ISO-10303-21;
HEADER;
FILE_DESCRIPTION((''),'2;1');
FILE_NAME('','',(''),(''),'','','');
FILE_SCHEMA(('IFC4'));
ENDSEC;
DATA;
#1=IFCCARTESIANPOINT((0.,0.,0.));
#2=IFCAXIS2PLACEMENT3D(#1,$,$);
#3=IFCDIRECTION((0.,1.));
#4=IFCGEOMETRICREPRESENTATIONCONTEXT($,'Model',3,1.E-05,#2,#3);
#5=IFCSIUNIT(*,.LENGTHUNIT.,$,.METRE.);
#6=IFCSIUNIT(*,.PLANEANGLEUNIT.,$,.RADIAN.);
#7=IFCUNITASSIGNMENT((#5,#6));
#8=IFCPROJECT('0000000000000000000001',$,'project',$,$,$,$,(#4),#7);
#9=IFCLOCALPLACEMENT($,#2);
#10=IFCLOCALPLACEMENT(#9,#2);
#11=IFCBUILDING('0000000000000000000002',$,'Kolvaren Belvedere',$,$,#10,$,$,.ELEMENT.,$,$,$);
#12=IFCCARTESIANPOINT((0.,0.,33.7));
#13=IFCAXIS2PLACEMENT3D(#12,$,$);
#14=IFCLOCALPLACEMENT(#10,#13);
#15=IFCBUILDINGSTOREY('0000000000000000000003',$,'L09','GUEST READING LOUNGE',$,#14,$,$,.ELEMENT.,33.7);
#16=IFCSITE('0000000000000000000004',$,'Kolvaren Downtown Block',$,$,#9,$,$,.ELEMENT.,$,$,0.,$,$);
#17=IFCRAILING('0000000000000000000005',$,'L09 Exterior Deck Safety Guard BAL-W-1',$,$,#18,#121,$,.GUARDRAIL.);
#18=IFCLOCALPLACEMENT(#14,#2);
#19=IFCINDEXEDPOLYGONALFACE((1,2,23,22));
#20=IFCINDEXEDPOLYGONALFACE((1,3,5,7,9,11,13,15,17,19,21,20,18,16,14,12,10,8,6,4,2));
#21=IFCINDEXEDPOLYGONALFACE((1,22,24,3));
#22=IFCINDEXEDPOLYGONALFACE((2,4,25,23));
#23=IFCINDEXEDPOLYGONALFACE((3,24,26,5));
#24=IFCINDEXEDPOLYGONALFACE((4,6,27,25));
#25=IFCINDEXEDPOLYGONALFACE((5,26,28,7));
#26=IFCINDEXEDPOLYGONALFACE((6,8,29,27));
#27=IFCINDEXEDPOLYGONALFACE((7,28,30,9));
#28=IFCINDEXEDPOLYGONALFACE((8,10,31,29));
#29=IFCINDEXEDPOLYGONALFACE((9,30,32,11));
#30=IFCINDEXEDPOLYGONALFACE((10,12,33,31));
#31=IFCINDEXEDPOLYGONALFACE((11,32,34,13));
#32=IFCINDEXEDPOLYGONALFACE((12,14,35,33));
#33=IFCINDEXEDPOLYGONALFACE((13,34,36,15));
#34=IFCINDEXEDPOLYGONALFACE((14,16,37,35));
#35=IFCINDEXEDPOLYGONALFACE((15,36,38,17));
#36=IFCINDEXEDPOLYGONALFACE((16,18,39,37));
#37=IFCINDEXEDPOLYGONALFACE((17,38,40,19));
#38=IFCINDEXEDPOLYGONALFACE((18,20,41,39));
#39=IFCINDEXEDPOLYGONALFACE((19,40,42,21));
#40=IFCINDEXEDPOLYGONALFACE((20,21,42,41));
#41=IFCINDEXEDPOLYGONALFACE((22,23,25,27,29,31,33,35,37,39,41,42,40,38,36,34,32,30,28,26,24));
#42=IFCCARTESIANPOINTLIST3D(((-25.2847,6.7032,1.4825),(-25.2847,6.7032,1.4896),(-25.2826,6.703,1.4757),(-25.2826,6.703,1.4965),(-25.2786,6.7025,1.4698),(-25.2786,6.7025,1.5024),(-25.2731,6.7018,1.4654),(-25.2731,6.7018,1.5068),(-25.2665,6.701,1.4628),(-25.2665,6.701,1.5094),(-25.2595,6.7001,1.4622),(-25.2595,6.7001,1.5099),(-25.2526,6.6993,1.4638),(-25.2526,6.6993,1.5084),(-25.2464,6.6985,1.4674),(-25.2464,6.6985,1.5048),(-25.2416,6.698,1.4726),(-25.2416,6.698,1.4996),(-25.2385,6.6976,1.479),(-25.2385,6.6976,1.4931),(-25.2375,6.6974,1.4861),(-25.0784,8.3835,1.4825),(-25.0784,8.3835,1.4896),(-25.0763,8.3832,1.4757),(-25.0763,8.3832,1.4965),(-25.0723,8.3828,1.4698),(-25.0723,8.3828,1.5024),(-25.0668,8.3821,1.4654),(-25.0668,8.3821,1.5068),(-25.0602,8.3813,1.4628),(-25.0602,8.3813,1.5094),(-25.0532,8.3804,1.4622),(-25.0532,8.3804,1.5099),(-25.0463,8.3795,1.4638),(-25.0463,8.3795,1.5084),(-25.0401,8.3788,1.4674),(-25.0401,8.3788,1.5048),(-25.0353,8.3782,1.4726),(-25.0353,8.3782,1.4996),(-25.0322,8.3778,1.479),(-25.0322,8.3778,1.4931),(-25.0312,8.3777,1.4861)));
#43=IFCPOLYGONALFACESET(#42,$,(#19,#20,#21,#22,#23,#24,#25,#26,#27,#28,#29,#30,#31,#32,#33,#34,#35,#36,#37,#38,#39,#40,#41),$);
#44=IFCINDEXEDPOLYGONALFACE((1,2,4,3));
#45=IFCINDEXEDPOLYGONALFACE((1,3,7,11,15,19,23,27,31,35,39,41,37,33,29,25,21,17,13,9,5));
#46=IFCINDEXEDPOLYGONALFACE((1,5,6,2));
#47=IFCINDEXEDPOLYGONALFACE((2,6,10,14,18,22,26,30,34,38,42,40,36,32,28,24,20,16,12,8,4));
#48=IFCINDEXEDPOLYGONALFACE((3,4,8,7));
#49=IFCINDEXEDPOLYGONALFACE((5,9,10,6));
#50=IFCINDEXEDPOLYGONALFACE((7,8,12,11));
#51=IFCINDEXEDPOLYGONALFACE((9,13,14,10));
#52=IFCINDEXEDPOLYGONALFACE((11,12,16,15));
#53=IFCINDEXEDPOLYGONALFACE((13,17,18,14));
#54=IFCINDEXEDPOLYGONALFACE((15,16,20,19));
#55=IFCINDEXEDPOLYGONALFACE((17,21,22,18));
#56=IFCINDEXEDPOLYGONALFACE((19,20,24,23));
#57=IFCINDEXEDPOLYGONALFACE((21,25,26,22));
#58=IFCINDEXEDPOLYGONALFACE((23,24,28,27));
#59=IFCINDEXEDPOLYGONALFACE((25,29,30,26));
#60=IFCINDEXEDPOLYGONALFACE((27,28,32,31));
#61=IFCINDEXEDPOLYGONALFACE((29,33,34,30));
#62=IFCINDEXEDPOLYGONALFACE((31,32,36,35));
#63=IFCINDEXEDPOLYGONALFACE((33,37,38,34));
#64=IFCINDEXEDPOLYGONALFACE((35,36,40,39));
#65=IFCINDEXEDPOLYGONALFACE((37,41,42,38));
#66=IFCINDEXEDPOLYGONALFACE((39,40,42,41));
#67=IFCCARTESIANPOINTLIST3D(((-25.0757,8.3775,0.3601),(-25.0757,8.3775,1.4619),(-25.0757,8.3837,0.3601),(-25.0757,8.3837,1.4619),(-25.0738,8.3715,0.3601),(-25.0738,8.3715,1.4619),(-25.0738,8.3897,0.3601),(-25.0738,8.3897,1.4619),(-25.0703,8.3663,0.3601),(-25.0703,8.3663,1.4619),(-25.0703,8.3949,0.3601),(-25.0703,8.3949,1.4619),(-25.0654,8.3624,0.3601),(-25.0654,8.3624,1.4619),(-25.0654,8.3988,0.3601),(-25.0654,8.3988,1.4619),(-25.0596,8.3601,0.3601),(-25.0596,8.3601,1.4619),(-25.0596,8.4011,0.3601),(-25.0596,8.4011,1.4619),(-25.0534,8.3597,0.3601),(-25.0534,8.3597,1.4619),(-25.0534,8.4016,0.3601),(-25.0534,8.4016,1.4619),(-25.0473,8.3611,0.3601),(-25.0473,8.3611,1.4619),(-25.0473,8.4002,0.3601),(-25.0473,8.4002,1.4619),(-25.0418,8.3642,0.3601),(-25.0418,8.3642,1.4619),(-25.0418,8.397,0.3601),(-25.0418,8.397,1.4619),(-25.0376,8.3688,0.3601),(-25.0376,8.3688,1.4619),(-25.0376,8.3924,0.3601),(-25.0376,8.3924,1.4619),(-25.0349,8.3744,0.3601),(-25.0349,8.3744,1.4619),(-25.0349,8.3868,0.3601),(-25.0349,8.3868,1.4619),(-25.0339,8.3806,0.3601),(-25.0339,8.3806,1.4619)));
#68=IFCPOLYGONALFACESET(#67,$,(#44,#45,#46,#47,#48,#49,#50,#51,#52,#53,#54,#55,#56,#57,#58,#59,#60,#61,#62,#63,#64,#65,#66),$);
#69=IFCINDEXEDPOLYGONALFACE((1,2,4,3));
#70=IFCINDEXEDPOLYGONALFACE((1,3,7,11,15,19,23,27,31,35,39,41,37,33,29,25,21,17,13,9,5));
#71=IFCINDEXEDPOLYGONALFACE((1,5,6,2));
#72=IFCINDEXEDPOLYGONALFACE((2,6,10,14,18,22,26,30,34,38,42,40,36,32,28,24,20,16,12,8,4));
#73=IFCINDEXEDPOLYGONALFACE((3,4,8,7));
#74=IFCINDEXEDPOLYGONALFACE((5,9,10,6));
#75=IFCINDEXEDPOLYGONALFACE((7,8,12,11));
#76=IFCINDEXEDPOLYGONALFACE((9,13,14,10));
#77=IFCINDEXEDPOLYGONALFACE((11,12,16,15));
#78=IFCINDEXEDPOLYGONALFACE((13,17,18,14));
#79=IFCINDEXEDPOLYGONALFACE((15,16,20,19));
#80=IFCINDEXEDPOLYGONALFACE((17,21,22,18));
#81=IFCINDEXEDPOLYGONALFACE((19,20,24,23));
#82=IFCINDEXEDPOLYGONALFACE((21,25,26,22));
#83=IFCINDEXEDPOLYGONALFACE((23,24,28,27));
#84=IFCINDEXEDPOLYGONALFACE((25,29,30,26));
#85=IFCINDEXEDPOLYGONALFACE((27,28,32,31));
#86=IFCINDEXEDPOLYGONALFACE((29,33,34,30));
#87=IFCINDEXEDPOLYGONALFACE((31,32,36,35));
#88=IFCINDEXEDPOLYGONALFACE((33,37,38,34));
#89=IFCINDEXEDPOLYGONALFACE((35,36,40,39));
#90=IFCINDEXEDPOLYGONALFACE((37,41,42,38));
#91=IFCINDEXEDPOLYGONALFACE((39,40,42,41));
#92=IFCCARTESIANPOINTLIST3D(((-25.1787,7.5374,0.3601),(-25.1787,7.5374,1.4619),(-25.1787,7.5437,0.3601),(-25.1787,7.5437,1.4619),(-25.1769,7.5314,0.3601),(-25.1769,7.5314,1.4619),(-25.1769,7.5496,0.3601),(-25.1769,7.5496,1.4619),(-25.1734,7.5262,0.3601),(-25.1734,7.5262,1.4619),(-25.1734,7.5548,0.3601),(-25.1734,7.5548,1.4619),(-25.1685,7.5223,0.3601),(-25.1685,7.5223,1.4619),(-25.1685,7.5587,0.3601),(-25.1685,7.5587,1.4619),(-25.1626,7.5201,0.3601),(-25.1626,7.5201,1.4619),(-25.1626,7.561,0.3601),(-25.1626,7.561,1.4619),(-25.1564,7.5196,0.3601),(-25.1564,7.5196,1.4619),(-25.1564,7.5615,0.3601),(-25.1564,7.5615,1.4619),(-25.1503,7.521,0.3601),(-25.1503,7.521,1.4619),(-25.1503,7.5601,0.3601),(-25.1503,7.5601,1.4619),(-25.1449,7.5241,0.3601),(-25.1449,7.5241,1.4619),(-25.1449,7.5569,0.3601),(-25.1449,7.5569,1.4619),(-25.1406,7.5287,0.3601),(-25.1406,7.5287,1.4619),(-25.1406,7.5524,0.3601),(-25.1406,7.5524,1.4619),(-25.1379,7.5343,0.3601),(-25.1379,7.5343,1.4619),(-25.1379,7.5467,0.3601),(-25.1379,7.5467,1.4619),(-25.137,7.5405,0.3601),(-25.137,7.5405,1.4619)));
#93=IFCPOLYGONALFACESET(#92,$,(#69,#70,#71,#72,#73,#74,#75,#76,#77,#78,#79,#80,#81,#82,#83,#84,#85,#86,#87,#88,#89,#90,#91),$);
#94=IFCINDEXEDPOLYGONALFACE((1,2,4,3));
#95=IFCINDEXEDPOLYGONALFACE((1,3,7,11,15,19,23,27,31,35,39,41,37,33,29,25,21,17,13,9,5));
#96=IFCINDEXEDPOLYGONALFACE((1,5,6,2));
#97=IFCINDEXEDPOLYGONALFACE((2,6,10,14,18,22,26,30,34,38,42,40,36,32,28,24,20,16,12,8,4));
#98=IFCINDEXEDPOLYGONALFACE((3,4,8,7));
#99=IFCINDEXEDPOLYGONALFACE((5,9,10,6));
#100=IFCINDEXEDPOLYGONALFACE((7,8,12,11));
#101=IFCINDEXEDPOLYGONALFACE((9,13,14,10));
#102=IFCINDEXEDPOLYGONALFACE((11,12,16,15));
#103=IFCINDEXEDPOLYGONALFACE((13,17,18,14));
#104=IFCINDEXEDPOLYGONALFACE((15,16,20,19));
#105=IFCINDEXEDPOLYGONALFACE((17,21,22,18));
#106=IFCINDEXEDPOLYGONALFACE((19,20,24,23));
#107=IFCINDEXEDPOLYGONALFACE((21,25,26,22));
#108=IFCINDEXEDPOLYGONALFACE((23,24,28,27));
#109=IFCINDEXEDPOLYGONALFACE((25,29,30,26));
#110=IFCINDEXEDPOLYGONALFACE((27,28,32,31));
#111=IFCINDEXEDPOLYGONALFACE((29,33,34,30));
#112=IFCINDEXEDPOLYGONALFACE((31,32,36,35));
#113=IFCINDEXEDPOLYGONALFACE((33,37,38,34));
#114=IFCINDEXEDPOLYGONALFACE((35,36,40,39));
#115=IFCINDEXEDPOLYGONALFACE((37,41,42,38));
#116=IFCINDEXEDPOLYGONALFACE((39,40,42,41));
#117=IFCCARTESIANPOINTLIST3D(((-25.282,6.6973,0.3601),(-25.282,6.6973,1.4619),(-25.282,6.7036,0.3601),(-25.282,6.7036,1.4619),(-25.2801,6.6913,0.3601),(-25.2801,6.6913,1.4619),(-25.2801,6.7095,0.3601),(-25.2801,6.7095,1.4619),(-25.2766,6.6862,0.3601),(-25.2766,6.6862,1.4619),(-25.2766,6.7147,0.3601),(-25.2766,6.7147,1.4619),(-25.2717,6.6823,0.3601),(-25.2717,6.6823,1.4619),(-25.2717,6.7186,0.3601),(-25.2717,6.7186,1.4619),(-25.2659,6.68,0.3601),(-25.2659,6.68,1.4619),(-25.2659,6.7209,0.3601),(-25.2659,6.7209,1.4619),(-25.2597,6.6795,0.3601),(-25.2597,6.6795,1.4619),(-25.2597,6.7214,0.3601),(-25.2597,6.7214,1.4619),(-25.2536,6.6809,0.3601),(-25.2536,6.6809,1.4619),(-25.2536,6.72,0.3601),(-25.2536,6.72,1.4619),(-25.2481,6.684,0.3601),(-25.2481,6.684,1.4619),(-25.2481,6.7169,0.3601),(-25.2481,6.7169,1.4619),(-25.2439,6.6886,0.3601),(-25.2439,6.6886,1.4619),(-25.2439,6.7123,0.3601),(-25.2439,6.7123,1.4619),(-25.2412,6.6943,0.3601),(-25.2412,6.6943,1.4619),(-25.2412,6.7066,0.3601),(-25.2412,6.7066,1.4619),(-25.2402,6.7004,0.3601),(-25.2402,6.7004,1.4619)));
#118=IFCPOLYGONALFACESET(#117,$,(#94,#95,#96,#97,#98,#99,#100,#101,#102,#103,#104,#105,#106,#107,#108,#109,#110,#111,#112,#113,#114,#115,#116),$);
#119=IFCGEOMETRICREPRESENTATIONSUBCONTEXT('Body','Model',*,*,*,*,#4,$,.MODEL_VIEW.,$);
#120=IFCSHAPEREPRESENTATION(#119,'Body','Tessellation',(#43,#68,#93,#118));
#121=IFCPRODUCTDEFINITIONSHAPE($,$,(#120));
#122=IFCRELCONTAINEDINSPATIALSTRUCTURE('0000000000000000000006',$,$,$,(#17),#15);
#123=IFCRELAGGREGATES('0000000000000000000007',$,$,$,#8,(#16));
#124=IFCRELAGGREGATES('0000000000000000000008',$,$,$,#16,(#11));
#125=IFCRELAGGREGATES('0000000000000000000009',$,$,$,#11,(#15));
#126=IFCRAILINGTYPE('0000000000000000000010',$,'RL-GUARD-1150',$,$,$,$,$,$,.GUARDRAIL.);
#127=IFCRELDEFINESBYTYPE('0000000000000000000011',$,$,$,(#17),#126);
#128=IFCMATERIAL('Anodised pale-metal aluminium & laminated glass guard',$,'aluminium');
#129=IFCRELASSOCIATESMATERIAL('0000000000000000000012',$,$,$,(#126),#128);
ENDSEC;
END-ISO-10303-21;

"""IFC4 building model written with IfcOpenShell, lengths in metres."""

from ifc_helpers import new_model, si_unit, direction, frame, origin, origin_2d, place, context, subcontext, project, spatial, circle, extrude, material, type_object, element, save


model = new_model("IFC4")

# Units and contexts
model_context = context("Model", 3, precision=1e-05, world=origin(), true_north=direction((0.0, 1.0)))
body_context = subcontext(model_context, "Body", "Model", "MODEL_VIEW")
ifc_project = project(units=[si_unit("LENGTHUNIT", "METRE"), si_unit("PLANEANGLEUNIT", "RADIAN")], contexts=[model_context])

# Site, building, storey
site_placement = place(None, origin())
site = spatial("IfcSite", under=ifc_project, at=site_placement, Name="Kolvaren Downtown Block", CompositionType="ELEMENT", RefElevation=0.0)
building_placement = place(site_placement, origin())
building = spatial("IfcBuilding", under=site, at=building_placement, Name="Kolvaren Belvedere", CompositionType="ELEMENT")
storey_placement = place(building_placement, frame((0.0, 0.0, 33.7)))
storey = spatial("IfcBuildingStorey", under=building, at=storey_placement, Name="L09", Description="GUEST READING LOUNGE", CompositionType="ELEMENT", Elevation=33.7)

# Railing
ifc_material_1 = material(Name="Anodised pale-metal aluminium & laminated glass guard", Category="aluminium")
railing_type = type_object("IfcRailingType", Name="RL-GUARD-1150", PredefinedType="GUARDRAIL", material=ifc_material_1)
railing_1_placement = place(storey_placement, frame((-25.0549, 8.3806, 0.3601)))
element("IfcRailing", 1, at=railing_1_placement, inside=storey, type_object=railing_type, Name="L09 Exterior Deck Safety Guard BAL-W-1", PredefinedType="GUARDRAIL", context=body_context, shape_type="SweptSolid", body=[
    extrude(circle(Radius=0.0239, at=origin_2d()), frame((0.0, 0.0, 1.126), z_axis=(-0.121869, -0.992546, 0.0), x_axis=(0.992546, -0.121869, 0.0)), (0.0, 0.0, 1.0), 1.6929),
    extrude(circle(Radius=0.021, at=origin_2d()), origin(), (0.0, 0.0, 1.0), 1.1018),
    extrude(circle(Radius=0.021, at=origin_2d()), frame((-0.103, -0.8401, 0.0)), (0.0, 0.0, 1.0), 1.1018),
    extrude(circle(Radius=0.021, at=origin_2d()), frame((-0.2063, -1.6802, 0.0)), (0.0, 0.0, 1.0), 1.1018),
])

save(model, "model.ifc")
